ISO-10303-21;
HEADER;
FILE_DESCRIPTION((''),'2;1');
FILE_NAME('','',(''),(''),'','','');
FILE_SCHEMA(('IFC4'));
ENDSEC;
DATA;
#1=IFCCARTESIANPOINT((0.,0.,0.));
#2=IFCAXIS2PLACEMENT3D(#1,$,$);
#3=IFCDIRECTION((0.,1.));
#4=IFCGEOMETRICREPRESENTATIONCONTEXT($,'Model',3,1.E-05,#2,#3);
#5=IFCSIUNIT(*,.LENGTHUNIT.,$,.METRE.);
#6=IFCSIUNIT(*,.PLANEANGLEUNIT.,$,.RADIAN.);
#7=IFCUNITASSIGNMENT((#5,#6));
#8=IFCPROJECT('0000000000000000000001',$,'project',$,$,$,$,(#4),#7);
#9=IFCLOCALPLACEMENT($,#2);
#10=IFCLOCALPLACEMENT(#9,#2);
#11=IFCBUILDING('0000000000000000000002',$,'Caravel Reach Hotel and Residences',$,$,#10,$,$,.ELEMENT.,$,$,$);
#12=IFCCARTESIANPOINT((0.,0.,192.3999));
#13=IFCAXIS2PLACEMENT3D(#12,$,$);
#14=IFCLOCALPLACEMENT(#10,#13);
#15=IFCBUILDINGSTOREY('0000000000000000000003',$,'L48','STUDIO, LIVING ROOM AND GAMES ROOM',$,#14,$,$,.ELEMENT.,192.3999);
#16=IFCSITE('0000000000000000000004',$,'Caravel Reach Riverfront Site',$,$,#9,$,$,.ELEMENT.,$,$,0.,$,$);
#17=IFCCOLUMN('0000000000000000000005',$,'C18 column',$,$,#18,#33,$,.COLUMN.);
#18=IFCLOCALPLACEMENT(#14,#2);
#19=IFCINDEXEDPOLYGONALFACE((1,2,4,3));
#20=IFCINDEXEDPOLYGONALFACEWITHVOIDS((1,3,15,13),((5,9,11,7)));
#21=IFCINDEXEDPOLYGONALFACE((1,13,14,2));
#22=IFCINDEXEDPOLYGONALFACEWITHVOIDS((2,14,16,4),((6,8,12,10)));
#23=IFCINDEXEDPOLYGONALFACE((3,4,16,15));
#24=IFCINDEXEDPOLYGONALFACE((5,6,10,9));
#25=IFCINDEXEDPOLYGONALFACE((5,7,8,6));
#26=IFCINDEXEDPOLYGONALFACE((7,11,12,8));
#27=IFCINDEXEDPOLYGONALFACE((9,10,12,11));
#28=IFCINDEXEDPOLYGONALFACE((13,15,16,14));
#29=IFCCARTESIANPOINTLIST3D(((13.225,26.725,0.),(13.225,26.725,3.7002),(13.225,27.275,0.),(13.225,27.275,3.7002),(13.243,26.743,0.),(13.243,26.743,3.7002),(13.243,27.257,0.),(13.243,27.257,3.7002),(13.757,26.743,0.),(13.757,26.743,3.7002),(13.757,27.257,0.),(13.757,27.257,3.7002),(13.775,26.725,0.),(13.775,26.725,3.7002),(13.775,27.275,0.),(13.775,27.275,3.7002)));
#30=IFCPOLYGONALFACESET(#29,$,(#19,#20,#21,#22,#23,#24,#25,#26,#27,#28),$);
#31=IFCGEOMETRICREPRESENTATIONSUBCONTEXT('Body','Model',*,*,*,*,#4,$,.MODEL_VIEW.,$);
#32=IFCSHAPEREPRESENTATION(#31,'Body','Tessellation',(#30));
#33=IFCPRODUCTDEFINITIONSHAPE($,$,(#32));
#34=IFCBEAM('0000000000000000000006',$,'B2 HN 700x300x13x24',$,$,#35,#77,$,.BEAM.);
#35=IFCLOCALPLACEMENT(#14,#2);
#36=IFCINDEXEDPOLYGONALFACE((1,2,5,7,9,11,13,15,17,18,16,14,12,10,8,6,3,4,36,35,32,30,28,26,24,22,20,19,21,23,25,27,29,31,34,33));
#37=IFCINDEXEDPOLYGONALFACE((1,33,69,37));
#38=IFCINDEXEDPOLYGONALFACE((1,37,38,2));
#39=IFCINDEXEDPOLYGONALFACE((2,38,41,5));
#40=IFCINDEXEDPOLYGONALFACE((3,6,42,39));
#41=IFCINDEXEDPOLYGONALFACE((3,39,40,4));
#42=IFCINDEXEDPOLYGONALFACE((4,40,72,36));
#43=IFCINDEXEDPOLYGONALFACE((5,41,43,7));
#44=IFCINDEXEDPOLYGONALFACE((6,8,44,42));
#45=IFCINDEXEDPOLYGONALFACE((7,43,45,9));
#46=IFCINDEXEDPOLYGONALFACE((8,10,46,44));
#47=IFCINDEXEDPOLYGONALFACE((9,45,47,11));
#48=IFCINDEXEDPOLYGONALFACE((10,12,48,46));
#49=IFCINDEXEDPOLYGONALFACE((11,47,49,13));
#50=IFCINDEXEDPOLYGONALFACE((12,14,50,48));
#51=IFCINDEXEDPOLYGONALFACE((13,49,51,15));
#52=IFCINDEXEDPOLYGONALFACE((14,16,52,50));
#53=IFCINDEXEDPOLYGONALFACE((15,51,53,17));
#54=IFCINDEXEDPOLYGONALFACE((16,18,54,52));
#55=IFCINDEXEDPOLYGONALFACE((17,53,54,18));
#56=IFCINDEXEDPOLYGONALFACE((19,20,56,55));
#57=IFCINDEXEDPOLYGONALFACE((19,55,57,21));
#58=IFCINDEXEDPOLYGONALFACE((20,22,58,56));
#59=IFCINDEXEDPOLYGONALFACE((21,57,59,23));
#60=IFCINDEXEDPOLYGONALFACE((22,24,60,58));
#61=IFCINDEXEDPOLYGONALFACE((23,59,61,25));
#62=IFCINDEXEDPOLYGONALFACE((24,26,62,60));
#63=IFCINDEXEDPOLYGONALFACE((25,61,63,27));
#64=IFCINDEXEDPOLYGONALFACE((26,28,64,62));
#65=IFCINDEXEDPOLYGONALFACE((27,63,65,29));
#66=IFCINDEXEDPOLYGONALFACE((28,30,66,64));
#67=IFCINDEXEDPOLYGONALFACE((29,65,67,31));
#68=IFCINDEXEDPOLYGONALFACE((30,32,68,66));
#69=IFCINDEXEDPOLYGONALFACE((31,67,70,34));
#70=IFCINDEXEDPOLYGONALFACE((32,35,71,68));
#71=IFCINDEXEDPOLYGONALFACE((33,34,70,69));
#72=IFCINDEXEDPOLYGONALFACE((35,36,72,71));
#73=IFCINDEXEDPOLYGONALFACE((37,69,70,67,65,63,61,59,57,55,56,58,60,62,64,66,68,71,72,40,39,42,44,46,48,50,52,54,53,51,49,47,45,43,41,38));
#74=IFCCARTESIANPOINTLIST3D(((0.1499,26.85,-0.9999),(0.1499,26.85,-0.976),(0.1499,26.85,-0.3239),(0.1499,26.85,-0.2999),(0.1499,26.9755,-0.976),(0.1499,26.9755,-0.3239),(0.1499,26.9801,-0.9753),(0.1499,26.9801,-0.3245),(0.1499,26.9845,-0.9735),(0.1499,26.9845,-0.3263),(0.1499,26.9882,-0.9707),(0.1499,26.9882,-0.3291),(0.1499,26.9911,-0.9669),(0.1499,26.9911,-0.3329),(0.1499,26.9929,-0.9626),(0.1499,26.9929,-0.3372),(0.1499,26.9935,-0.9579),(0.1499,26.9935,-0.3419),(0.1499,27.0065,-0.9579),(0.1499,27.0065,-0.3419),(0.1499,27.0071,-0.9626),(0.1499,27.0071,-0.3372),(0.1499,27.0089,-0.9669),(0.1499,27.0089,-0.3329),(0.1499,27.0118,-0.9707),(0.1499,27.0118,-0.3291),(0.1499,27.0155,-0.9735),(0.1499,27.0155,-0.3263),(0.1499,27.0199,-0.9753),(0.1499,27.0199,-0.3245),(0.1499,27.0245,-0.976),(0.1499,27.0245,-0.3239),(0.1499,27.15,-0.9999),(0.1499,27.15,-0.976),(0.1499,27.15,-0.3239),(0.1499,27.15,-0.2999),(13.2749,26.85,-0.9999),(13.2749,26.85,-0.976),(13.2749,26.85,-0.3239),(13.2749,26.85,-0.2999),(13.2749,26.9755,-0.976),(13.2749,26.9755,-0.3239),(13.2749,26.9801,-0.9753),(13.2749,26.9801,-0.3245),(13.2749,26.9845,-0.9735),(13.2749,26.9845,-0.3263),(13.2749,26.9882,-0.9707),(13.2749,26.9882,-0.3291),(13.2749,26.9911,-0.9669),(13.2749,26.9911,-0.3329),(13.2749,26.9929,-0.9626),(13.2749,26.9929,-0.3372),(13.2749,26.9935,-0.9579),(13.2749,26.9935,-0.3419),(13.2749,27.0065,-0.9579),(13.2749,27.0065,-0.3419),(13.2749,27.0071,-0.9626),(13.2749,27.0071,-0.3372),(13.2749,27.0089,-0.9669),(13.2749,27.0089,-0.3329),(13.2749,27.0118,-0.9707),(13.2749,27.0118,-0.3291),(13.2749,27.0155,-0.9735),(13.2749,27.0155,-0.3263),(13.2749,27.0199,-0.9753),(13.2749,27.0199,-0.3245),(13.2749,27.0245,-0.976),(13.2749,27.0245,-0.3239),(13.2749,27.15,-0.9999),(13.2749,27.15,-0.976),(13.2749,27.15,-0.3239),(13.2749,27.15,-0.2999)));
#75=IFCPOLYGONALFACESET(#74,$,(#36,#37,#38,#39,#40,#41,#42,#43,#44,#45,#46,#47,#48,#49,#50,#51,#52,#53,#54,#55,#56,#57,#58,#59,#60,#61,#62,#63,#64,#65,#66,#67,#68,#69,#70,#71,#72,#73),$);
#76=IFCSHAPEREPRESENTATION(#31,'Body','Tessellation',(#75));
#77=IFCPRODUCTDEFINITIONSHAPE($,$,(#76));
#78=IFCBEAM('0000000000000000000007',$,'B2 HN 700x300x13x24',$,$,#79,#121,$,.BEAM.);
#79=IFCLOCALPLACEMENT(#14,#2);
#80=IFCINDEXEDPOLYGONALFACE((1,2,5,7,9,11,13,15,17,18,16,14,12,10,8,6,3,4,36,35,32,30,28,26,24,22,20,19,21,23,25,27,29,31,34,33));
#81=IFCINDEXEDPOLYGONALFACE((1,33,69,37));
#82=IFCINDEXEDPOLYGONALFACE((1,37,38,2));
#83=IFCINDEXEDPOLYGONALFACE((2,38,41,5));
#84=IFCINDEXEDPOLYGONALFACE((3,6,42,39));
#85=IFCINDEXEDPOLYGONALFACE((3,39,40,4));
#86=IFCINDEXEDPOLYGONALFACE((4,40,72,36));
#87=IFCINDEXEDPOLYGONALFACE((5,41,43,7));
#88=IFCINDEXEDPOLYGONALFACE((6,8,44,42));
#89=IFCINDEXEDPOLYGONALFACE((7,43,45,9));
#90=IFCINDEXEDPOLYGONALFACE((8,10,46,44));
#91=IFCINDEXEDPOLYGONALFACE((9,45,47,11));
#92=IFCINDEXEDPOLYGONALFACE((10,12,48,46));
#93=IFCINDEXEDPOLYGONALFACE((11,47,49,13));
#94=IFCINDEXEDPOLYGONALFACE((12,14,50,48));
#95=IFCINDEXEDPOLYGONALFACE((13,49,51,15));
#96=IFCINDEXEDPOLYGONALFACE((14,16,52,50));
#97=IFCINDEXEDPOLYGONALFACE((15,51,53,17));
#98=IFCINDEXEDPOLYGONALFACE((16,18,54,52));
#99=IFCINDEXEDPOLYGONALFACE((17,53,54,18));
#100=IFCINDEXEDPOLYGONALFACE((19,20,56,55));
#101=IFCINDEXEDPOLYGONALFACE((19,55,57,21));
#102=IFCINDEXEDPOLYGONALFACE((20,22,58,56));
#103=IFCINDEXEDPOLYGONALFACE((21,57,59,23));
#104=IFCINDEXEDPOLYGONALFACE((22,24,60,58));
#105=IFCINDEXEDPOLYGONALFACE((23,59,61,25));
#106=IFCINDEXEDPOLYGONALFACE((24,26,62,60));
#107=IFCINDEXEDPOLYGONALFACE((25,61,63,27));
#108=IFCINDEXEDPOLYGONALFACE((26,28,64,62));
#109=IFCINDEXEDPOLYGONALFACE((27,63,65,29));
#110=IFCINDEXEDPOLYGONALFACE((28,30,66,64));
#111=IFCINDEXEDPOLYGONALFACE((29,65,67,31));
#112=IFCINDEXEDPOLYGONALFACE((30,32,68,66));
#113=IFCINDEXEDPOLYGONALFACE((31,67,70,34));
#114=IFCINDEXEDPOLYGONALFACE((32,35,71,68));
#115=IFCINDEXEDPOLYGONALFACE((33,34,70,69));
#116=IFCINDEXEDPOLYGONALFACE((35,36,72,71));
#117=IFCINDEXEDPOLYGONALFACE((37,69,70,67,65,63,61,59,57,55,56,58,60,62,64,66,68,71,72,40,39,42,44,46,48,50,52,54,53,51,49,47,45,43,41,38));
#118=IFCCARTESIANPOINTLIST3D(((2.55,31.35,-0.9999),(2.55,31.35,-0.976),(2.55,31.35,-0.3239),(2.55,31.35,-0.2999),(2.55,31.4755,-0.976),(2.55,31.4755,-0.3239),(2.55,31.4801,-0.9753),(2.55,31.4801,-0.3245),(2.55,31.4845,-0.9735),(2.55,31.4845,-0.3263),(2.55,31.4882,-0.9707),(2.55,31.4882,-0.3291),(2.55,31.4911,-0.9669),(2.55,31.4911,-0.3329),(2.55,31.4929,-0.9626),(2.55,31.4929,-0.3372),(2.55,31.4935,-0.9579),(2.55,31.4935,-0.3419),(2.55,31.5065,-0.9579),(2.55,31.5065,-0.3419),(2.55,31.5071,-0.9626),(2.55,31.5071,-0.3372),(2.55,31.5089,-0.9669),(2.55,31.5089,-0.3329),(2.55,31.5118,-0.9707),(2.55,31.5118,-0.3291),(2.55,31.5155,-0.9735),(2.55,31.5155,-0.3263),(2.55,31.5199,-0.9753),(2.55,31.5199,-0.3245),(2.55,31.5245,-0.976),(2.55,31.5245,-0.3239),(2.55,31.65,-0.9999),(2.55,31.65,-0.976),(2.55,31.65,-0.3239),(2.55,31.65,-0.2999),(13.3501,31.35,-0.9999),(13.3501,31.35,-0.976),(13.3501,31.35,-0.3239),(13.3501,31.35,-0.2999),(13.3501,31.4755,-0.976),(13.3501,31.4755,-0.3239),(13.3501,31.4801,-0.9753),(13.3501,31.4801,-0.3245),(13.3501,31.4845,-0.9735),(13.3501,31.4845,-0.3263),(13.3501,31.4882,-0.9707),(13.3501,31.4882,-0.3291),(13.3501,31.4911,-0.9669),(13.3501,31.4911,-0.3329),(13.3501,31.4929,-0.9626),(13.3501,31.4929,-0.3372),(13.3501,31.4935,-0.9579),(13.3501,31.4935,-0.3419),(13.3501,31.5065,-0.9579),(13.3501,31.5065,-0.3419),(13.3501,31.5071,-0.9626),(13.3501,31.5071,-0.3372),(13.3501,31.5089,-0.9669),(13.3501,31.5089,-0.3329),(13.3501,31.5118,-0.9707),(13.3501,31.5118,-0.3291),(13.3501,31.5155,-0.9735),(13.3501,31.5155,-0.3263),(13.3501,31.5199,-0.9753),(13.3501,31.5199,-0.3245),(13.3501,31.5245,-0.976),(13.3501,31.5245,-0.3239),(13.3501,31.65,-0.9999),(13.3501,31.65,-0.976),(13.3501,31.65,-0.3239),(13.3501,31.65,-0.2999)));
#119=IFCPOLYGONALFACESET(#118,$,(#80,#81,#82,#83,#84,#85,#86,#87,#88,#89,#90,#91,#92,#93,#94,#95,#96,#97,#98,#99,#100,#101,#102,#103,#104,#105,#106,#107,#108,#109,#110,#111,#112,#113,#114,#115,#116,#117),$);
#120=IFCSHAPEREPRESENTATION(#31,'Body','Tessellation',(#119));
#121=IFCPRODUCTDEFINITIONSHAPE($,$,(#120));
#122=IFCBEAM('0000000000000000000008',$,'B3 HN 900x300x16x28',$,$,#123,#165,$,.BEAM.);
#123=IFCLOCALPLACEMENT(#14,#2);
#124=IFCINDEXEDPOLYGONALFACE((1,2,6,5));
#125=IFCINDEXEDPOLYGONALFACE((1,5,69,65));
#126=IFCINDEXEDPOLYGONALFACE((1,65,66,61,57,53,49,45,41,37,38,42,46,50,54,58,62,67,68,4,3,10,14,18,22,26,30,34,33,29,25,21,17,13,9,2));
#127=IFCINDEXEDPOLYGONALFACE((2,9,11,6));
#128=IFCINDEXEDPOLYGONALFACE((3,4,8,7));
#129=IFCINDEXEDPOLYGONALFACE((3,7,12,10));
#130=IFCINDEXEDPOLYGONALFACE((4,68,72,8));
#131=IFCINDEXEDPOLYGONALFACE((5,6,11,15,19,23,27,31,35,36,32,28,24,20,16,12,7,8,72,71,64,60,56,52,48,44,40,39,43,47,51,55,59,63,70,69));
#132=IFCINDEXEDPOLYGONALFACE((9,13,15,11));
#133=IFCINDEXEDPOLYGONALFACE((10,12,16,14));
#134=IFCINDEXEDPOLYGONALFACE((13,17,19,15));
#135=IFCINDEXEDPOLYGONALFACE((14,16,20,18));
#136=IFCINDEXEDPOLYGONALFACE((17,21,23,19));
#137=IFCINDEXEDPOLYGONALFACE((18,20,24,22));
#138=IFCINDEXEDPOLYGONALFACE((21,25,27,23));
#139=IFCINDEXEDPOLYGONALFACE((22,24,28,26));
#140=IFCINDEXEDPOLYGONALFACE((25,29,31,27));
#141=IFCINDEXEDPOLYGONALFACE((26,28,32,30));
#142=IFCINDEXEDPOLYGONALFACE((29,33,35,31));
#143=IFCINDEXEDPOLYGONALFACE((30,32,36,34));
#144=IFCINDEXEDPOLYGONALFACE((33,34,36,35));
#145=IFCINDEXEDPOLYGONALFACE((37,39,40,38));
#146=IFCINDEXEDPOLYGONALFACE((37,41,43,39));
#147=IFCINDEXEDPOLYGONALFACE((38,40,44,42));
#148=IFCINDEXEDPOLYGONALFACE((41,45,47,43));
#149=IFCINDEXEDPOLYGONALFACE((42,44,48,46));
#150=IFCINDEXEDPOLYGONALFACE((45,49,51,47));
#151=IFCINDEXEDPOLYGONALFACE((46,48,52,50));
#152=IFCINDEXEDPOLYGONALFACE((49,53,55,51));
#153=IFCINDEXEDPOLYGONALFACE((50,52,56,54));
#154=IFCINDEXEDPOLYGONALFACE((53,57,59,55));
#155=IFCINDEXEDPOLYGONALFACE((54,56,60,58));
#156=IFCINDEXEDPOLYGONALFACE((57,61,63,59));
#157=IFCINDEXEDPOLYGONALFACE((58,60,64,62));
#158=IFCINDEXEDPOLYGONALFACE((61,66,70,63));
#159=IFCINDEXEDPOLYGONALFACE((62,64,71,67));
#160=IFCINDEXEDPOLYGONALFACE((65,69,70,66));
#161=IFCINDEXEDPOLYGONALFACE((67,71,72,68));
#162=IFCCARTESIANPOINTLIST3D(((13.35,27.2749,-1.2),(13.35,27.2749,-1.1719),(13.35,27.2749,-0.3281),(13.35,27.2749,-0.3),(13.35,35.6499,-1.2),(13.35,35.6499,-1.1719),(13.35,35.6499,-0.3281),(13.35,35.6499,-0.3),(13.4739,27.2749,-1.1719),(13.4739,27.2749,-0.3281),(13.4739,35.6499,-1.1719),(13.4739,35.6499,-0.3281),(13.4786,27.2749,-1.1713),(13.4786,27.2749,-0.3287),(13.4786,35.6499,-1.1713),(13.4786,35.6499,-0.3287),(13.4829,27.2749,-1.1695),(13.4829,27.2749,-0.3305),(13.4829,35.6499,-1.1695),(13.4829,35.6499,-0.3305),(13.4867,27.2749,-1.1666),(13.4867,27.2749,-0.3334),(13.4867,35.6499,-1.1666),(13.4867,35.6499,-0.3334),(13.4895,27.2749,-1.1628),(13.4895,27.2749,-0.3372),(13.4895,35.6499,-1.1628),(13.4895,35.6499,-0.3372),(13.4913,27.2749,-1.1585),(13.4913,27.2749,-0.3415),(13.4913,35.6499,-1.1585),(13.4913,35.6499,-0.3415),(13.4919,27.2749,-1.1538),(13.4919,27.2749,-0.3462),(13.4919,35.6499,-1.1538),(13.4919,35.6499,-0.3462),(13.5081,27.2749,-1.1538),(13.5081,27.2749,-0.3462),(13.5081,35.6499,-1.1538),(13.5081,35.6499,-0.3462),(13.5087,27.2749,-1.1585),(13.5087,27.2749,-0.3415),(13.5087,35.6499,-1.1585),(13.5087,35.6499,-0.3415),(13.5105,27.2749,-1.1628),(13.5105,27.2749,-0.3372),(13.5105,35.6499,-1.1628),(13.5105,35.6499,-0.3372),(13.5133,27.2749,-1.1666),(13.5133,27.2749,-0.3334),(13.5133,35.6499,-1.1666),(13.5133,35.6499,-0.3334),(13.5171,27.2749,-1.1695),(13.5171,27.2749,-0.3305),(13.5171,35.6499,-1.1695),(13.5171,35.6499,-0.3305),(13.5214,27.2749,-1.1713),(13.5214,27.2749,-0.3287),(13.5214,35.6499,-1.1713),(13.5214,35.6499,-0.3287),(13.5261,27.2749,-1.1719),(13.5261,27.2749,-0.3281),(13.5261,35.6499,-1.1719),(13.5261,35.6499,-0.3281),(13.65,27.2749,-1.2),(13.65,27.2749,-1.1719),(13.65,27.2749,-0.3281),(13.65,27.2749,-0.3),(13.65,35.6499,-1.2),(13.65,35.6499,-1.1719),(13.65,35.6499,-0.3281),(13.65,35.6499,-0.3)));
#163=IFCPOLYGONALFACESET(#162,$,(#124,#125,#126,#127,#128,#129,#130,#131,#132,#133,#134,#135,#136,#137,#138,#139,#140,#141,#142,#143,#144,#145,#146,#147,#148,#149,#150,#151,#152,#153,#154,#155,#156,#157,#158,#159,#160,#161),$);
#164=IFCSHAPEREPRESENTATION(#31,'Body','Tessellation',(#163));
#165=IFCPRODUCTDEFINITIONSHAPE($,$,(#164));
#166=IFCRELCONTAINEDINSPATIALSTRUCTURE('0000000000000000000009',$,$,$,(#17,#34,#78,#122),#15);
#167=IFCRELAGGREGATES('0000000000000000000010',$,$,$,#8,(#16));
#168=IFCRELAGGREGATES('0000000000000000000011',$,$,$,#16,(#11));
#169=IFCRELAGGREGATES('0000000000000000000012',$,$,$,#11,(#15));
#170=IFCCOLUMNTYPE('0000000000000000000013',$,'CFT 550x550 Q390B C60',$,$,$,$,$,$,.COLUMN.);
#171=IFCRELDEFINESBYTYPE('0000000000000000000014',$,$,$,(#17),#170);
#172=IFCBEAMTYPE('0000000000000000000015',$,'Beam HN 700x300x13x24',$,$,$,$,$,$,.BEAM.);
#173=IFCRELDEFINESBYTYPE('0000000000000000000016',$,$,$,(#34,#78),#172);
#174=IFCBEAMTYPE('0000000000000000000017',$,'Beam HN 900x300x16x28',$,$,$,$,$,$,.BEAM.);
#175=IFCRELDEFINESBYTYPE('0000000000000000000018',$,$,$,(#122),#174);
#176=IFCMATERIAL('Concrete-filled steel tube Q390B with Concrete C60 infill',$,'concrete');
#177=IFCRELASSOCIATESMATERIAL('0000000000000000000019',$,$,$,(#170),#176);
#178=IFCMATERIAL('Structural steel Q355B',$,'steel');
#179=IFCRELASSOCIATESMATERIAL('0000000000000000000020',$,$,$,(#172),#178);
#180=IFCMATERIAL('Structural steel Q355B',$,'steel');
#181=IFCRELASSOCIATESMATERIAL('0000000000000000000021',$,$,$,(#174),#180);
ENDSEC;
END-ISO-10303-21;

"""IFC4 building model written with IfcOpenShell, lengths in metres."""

from ifc_helpers import new_model, si_unit, direction, frame, origin, origin_2d, place, context, subcontext, project, spatial, hollow_rectangle, i_section, extrude, material, material_profile, profile_set, type_object, element, save


model = new_model("IFC4")

# Units and contexts
model_context = context("Model", 3, precision=1e-05, world=origin(), true_north=direction((0.0, 1.0)))
body_context = subcontext(model_context, "Body", "Model", "MODEL_VIEW")
ifc_project = project(units=[si_unit("LENGTHUNIT", "METRE"), si_unit("PLANEANGLEUNIT", "RADIAN")], contexts=[model_context])

# Site, building, storey
site_placement = place(None, origin())
site = spatial("IfcSite", under=ifc_project, at=site_placement, Name="Caravel Reach Riverfront Site", CompositionType="ELEMENT", RefElevation=0.0)
building_placement = place(site_placement, origin())
building = spatial("IfcBuilding", under=site, at=building_placement, Name="Caravel Reach Hotel and Residences", CompositionType="ELEMENT")
storey_placement = place(building_placement, frame((0.0, 0.0, 192.3999)))
storey = spatial("IfcBuildingStorey", under=building, at=storey_placement, Name="L48", Description="STUDIO, LIVING ROOM AND GAMES ROOM", CompositionType="ELEMENT", Elevation=192.3999)

# Column
ifc_material_1 = material(Name="Concrete-filled steel tube Q390B with Concrete C60 infill", Category="concrete")
ifc_material_profile_1 = material_profile(ifc_material_1, hollow_rectangle(XDim=0.55, YDim=0.55, WallThickness=0.0181, at=origin_2d()), Name="RHS 550x550x18")
ifc_profile_set_1 = profile_set([ifc_material_profile_1], Name="Concrete-filled steel tube Q390B with Concrete C60 infill")
column_type = type_object("IfcColumnType", Name="CFT 550x550 Q390B C60", PredefinedType="COLUMN", material=ifc_profile_set_1)
column_placement = place(storey_placement, frame((13.5, 27.0, 0.0), z_axis=(0.0, 0.0, 1.0), x_axis=(1.0, 0.0, 0.0)))
element("IfcColumn", 1, at=column_placement, inside=storey, type_object=column_type, Name="C18 column", PredefinedType="COLUMN", context=body_context, shape_type="SweptSolid", body=[
    extrude(hollow_rectangle(XDim=0.55, YDim=0.55, WallThickness=0.0181, at=origin_2d()), origin(), (0.0, 0.0, 1.0), 3.7002),
])

# Beams
ifc_material_2 = material(Name="Structural steel Q355B", Category="steel")
ifc_material_profile_2 = material_profile(ifc_material_2, i_section(OverallWidth=0.3, OverallDepth=0.7, WebThickness=0.0129, FlangeThickness=0.0239, FilletRadius=0.0181, at=origin_2d()), Name="HN 700x300x13x24")
ifc_profile_set_2 = profile_set([ifc_material_profile_2], Name="Structural steel Q355B")
beam_type_1 = type_object("IfcBeamType", Name="Beam HN 700x300x13x24", PredefinedType="BEAM", material=ifc_profile_set_2)
beam_1_placement = place(storey_placement, frame((13.2749, 27.0, -0.6499), z_axis=(-1.0, 0.0, 0.0), x_axis=(0.0, -1.0, 0.0)))
element("IfcBeam", 2, at=beam_1_placement, inside=storey, type_object=beam_type_1, Name="B2 HN 700x300x13x24", PredefinedType="BEAM", context=body_context, shape_type="SweptSolid", body=[
    extrude(i_section(OverallWidth=0.3, OverallDepth=0.7, WebThickness=0.0129, FlangeThickness=0.0239, FilletRadius=0.0181, at=origin_2d()), origin(), (0.0, 0.0, 1.0), 13.125),
])
beam_2_placement = place(storey_placement, frame((13.3501, 31.5, -0.6499), z_axis=(-1.0, 0.0, 0.0), x_axis=(0.0, -1.0, 0.0)))
element("IfcBeam", 3, at=beam_2_placement, inside=storey, type_object=beam_type_1, Name="B2 HN 700x300x13x24", PredefinedType="BEAM", context=body_context, shape_type="SweptSolid", body=[
    extrude(i_section(OverallWidth=0.3, OverallDepth=0.7, WebThickness=0.0129, FlangeThickness=0.0239, FilletRadius=0.0181, at=origin_2d()), origin(), (0.0, 0.0, 1.0), 10.8),
])
ifc_material_3 = material(Name="Structural steel Q355B", Category="steel")
ifc_material_profile_3 = material_profile(ifc_material_3, i_section(OverallWidth=0.3, OverallDepth=0.8999, WebThickness=0.0161, FlangeThickness=0.0281, FilletRadius=0.0181, at=origin_2d()), Name="HN 900x300x16x28")
ifc_profile_set_3 = profile_set([ifc_material_profile_3], Name="Structural steel Q355B")
beam_type_2 = type_object("IfcBeamType", Name="Beam HN 900x300x16x28", PredefinedType="BEAM", material=ifc_profile_set_3)
beam_3_placement = place(storey_placement, frame((13.5, 27.2749, -0.75), z_axis=(0.0, 1.0, 0.0), x_axis=(-1.0, 0.0, 0.0)))
element("IfcBeam", 4, at=beam_3_placement, inside=storey, type_object=beam_type_2, Name="B3 HN 900x300x16x28", PredefinedType="BEAM", context=body_context, shape_type="SweptSolid", body=[
    extrude(i_section(OverallWidth=0.3, OverallDepth=0.8999, WebThickness=0.0161, FlangeThickness=0.0281, FilletRadius=0.0181, at=origin_2d()), origin(), (0.0, 0.0, 1.0), 8.375),
])

save(model, "model.ifc")
